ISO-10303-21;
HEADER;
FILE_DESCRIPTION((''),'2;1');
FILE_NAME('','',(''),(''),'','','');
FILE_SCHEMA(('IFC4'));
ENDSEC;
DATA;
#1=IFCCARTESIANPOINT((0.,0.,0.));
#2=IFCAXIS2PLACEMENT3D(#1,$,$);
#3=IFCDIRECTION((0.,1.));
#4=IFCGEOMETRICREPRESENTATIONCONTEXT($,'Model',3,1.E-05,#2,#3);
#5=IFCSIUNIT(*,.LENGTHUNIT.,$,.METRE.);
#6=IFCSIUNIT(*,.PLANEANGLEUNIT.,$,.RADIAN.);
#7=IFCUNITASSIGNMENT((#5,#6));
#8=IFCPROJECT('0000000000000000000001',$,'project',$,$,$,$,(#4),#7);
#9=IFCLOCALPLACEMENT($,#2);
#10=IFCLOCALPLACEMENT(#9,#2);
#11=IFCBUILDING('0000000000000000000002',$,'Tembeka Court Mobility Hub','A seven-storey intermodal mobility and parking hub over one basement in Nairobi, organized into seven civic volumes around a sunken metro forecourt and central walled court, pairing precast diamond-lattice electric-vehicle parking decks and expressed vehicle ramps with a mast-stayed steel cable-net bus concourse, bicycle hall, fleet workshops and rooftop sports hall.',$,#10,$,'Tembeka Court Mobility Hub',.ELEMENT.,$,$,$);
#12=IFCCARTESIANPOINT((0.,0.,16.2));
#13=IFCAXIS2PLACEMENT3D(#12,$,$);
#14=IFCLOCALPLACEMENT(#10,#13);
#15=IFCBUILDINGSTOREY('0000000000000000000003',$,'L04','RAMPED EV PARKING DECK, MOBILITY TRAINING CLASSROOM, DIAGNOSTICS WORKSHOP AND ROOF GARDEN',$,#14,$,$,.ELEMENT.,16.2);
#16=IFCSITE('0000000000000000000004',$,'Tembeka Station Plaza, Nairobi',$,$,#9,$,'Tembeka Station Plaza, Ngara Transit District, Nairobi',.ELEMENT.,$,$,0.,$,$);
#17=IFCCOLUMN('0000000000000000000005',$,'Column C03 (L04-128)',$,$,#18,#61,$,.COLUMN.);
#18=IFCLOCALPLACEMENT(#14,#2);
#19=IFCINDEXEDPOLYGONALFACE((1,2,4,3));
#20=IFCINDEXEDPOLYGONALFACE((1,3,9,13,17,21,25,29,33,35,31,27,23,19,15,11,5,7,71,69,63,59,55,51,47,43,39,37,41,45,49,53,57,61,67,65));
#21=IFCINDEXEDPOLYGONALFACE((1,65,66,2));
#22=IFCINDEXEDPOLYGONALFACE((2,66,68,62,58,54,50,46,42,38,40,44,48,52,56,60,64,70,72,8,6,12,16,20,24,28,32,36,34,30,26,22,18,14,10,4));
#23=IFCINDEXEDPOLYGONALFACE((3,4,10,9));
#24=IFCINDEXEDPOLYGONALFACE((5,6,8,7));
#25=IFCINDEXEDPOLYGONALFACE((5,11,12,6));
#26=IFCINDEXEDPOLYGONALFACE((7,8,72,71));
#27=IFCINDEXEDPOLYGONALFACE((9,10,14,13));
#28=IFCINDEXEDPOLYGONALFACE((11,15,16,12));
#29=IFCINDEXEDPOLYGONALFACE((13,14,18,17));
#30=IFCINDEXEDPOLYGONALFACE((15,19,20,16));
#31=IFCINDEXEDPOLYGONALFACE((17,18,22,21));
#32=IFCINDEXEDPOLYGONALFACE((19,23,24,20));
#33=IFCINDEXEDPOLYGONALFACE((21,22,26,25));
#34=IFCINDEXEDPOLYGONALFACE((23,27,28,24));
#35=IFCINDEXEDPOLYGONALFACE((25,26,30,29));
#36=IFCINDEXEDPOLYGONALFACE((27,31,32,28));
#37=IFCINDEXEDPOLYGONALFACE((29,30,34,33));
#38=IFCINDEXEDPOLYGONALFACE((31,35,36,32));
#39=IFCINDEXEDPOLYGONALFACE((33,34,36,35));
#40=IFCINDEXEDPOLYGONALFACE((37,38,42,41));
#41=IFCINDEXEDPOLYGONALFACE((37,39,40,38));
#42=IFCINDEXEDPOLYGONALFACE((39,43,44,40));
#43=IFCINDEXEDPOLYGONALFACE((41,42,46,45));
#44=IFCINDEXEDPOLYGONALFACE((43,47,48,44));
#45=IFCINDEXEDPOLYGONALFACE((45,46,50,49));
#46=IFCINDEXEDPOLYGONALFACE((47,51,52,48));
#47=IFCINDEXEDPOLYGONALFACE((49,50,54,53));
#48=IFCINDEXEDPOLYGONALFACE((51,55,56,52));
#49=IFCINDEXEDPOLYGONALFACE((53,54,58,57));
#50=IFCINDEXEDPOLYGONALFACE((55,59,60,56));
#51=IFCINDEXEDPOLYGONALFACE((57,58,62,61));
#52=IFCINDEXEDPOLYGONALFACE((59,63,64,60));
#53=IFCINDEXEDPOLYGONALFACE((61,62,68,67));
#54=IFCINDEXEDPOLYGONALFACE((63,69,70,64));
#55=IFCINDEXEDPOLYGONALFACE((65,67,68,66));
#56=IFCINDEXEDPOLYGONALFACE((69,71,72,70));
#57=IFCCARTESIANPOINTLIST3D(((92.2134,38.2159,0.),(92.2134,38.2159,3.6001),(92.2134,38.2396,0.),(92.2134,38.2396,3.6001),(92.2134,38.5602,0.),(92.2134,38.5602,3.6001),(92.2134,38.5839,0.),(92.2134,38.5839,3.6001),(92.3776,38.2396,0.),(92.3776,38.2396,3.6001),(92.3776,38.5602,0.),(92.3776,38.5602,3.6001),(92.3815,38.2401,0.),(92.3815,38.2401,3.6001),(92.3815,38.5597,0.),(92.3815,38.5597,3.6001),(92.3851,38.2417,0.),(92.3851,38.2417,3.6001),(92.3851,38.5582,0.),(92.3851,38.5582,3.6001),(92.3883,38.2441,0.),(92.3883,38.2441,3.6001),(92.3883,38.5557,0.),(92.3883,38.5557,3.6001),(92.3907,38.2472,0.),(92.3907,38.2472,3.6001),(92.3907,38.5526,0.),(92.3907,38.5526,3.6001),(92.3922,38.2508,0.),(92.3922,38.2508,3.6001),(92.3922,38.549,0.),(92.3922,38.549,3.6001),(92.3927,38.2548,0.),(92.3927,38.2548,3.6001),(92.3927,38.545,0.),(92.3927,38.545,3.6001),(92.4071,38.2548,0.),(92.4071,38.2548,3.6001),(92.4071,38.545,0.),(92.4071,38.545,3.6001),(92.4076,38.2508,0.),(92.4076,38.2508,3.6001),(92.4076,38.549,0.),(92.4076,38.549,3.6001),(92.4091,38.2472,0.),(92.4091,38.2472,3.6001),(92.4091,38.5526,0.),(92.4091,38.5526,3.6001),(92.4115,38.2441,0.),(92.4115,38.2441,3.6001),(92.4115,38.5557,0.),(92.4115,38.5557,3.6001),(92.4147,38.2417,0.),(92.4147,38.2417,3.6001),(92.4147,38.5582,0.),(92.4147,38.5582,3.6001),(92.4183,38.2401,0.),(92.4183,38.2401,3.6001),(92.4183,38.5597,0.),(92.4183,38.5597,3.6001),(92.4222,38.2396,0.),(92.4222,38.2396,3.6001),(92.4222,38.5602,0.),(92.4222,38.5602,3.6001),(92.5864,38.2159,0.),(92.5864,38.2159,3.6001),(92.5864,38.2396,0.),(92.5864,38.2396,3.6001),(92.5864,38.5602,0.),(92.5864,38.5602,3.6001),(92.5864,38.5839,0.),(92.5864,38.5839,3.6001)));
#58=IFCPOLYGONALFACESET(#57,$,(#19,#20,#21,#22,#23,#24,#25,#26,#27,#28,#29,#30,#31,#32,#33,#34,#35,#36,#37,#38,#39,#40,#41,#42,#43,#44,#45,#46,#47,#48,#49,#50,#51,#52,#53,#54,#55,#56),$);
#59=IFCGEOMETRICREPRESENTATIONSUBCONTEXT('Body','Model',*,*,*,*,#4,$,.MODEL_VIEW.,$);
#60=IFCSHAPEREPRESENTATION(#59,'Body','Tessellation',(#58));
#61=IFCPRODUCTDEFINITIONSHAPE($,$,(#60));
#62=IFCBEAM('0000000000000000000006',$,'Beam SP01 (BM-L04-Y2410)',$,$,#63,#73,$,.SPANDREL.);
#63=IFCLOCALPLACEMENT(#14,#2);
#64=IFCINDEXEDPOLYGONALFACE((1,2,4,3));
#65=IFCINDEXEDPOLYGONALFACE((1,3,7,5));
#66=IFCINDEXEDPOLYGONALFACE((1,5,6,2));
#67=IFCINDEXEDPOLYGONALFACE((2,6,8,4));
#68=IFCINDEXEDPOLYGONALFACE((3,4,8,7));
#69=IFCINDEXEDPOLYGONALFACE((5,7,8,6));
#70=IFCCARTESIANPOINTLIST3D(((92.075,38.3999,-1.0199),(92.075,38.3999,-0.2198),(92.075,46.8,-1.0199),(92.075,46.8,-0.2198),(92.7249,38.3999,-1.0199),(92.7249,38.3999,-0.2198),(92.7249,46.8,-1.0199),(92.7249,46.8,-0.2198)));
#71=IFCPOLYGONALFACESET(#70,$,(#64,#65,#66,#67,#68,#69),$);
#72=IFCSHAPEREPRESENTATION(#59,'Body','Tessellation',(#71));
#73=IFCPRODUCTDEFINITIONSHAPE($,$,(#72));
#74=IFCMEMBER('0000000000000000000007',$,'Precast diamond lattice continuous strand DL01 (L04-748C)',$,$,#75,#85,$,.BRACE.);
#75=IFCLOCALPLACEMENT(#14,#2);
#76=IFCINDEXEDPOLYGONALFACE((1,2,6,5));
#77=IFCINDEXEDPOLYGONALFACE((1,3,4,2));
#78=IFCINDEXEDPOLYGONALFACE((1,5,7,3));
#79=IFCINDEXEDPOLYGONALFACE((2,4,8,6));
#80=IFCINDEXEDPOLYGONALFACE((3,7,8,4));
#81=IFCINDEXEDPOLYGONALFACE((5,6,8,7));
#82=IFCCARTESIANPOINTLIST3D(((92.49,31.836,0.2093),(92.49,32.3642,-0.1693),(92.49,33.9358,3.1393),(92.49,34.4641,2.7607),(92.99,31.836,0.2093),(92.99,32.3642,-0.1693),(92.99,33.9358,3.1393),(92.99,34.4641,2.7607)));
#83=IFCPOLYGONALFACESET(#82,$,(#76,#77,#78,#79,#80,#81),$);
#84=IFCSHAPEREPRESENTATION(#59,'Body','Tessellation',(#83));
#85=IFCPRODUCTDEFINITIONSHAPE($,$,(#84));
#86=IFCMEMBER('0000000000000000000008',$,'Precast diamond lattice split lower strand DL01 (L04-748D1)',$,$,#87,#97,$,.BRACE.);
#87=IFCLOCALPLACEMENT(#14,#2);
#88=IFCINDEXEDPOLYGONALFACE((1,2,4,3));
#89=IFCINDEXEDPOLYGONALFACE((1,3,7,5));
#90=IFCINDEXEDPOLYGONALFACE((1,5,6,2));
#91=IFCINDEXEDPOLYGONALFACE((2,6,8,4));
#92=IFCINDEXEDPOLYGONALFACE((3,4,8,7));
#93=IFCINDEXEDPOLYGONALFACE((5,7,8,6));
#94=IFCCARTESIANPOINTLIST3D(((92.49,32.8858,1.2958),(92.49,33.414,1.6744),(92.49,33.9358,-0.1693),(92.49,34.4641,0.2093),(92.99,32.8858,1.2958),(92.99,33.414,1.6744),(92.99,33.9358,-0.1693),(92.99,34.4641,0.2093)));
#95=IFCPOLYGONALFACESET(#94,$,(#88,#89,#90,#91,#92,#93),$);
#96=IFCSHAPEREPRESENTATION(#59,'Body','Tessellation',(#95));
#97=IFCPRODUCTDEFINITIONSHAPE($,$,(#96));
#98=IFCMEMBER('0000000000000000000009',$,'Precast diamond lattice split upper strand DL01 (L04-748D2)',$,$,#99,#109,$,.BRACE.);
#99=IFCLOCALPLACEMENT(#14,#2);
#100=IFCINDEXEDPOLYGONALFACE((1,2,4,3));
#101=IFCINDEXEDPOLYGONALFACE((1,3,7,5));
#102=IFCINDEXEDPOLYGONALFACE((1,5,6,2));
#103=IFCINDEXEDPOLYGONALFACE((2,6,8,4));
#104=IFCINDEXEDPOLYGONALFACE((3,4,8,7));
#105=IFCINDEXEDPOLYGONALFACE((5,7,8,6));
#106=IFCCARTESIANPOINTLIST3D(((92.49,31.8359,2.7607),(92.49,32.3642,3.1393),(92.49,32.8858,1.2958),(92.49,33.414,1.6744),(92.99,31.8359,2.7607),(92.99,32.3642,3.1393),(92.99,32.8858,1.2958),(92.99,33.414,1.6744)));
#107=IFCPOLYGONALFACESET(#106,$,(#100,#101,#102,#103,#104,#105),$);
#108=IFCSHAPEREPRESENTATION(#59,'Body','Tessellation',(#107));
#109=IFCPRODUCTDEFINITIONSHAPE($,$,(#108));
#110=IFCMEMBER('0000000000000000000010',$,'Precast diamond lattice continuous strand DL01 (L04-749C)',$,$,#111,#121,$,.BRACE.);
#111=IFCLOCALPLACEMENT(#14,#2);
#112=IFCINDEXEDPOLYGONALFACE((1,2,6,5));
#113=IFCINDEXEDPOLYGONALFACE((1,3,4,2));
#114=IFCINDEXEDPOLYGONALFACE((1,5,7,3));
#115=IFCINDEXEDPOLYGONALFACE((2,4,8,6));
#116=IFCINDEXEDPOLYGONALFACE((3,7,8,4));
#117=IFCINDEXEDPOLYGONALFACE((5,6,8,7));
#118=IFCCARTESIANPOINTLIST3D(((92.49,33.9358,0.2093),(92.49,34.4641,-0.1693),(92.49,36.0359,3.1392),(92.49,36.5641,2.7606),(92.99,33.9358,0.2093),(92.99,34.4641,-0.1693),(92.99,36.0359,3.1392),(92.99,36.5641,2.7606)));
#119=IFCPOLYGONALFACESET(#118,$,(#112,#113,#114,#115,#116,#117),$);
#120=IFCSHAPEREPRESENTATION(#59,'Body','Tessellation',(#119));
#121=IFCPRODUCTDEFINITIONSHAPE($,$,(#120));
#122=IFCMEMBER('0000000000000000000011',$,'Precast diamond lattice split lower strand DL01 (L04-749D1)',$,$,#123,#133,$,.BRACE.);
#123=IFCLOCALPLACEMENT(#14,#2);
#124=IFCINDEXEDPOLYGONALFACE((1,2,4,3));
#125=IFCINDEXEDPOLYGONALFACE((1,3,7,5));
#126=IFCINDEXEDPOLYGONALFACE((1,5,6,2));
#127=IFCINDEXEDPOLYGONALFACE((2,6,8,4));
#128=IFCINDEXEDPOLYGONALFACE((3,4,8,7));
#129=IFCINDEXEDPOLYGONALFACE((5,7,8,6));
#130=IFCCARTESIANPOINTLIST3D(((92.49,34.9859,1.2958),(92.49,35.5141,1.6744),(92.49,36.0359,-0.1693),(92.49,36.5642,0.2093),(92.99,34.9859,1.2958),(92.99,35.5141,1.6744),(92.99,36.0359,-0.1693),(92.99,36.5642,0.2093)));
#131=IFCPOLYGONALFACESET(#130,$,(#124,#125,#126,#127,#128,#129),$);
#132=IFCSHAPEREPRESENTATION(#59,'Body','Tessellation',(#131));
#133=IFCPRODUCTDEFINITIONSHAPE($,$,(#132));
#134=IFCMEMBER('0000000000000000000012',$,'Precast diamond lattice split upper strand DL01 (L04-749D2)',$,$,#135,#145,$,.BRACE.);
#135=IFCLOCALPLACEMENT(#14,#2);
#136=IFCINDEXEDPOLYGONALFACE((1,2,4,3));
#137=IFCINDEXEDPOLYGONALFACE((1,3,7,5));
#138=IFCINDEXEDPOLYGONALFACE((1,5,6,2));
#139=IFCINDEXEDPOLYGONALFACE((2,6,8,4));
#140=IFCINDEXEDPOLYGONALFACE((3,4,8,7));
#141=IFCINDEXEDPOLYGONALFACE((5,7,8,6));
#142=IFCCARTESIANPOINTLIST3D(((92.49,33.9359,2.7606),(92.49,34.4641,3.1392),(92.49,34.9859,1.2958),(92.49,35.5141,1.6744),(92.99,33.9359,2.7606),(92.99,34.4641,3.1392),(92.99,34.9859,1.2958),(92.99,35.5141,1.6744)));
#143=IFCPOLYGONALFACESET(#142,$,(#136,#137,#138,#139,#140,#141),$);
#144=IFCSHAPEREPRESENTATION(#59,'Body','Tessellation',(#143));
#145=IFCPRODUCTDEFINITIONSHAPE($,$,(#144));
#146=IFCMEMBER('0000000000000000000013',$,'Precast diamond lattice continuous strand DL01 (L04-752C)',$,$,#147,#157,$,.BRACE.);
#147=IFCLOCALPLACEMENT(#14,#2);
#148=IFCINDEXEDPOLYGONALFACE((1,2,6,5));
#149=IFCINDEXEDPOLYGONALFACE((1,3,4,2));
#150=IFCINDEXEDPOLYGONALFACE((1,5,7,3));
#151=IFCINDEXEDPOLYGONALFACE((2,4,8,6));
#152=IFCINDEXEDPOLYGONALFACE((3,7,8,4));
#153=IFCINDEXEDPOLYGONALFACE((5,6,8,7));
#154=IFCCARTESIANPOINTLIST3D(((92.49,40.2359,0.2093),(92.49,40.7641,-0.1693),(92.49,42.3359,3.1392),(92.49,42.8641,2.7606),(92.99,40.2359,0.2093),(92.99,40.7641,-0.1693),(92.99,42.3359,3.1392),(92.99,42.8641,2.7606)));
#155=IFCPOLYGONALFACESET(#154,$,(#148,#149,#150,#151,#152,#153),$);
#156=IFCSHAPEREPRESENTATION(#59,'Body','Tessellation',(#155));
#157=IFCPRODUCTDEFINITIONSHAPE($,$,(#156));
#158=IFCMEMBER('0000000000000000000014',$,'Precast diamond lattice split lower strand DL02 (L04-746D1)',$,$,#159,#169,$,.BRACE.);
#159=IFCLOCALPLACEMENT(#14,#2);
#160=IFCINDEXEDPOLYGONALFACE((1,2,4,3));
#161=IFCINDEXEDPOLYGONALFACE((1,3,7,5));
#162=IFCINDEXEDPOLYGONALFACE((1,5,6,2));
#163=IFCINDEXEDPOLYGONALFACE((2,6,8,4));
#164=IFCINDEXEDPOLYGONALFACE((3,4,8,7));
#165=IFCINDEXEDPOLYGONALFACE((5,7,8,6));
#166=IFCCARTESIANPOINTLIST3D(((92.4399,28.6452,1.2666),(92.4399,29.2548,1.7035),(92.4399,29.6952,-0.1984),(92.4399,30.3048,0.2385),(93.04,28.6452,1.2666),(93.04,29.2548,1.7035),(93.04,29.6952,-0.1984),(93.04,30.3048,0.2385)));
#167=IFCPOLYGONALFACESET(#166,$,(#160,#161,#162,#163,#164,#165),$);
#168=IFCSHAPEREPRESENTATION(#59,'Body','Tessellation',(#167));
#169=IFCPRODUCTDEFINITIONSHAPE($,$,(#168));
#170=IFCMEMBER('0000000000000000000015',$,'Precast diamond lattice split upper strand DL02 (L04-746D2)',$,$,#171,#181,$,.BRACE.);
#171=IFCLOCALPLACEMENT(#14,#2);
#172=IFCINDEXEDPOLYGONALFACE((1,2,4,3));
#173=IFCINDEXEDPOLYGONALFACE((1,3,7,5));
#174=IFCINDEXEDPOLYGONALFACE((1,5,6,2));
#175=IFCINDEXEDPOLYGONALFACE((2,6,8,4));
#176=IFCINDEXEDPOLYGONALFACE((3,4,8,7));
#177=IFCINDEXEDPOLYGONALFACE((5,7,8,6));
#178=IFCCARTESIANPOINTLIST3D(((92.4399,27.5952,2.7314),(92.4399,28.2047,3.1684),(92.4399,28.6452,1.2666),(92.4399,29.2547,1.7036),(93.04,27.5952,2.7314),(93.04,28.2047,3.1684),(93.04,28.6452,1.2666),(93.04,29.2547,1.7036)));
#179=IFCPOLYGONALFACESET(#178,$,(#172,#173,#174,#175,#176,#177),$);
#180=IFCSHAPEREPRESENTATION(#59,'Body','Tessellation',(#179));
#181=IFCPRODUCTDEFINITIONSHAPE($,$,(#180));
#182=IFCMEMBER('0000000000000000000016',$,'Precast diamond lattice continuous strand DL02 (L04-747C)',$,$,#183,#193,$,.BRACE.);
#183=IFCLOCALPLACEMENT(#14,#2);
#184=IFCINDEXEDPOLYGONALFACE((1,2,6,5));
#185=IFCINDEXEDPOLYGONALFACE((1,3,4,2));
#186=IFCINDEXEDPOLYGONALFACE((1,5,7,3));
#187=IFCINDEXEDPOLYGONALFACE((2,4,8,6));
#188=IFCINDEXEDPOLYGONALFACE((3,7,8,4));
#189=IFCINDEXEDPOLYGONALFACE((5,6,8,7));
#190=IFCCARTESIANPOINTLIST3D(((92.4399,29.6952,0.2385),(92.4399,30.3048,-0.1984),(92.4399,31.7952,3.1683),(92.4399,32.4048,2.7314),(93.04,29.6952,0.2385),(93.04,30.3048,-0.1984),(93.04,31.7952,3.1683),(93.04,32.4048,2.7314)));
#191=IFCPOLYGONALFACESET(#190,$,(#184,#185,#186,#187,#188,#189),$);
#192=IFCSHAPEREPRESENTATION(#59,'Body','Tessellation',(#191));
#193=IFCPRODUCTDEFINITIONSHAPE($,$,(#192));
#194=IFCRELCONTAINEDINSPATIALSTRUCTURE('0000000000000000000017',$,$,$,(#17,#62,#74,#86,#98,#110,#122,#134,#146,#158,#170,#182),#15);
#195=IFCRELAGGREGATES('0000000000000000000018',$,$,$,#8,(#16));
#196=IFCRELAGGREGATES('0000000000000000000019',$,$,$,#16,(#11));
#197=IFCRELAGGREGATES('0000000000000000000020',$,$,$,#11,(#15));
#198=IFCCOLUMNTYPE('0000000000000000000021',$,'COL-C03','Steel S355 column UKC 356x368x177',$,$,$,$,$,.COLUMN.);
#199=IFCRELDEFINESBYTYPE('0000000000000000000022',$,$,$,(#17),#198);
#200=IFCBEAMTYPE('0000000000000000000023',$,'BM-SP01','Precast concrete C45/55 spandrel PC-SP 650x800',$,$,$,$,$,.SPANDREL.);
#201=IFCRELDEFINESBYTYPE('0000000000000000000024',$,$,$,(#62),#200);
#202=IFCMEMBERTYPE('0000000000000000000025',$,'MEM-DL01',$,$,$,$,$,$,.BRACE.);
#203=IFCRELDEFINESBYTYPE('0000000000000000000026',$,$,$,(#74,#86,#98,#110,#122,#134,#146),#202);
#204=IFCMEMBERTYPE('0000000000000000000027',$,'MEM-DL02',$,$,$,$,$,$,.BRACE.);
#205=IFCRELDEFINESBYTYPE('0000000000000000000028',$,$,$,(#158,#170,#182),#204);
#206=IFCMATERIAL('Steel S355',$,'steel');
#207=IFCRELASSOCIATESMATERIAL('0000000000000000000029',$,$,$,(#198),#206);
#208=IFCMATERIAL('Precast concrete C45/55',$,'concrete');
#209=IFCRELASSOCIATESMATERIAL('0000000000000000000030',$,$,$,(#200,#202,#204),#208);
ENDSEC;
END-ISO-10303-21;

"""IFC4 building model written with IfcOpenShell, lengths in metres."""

from ifc_helpers import new_model, si_unit, direction, frame, origin, origin_2d, place, context, subcontext, project, spatial, rectangle, i_section, extrude, material, material_profile, profile_set, type_object, element, save


model = new_model("IFC4")

# Units and contexts
model_context = context("Model", 3, precision=1e-05, world=origin(), true_north=direction((0.0, 1.0)))
body_context = subcontext(model_context, "Body", "Model", "MODEL_VIEW")
ifc_project = project(units=[si_unit("LENGTHUNIT", "METRE"), si_unit("PLANEANGLEUNIT", "RADIAN")], contexts=[model_context])

# Site, building, storey
site_placement = place(None, origin())
site = spatial("IfcSite", under=ifc_project, at=site_placement, Name="Tembeka Station Plaza, Nairobi", LongName="Tembeka Station Plaza, Ngara Transit District, Nairobi", CompositionType="ELEMENT", RefElevation=0.0)
building_placement = place(site_placement, origin())
building = spatial("IfcBuilding", under=site, at=building_placement, Name="Tembeka Court Mobility Hub", Description="A seven-storey intermodal mobility and parking hub over one basement in Nairobi, organized into seven civic volumes around a sunken metro forecourt and central walled court, pairing precast diamond-lattice electric-vehicle parking decks and expressed vehicle ramps with a mast-stayed steel cable-net bus concourse, bicycle hall, fleet workshops and rooftop sports hall.", LongName="Tembeka Court Mobility Hub", CompositionType="ELEMENT")
storey_placement = place(building_placement, frame((0.0, 0.0, 16.2)))
storey = spatial("IfcBuildingStorey", under=building, at=storey_placement, Name="L04", Description="RAMPED EV PARKING DECK, MOBILITY TRAINING CLASSROOM, DIAGNOSTICS WORKSHOP AND ROOF GARDEN", CompositionType="ELEMENT", Elevation=16.2)

# Column
ifc_material_1 = material(Name="Steel S355", Category="steel")
ifc_material_profile_1 = material_profile(ifc_material_1, i_section(OverallWidth=0.373, OverallDepth=0.3679, WebThickness=0.0144, FlangeThickness=0.0237, FilletRadius=0.0151, at=origin_2d()), Name="UKC 356x368x177")
ifc_profile_set_1 = profile_set([ifc_material_profile_1], Name="Steel S355")
column_type = type_object("IfcColumnType", Name="COL-C03", Description="Steel S355 column UKC 356x368x177", PredefinedType="COLUMN", material=ifc_profile_set_1)
column_placement = place(storey_placement, frame((92.3999, 38.3999, 0.0), z_axis=(0.0, 0.0, 1.0), x_axis=(1.0, 0.0, 0.0)))
element("IfcColumn", 1, at=column_placement, inside=storey, type_object=column_type, Name="Column C03 (L04-128)", PredefinedType="COLUMN", context=body_context, shape_type="SweptSolid", body=[
    extrude(i_section(OverallWidth=0.373, OverallDepth=0.3679, WebThickness=0.0144, FlangeThickness=0.0237, FilletRadius=0.0151, at=origin_2d()), origin(), (0.0, 0.0, 1.0), 3.6001),
])

# Beam
ifc_material_2 = material(Name="Precast concrete C45/55", Category="concrete")
ifc_material_profile_2 = material_profile(ifc_material_2, rectangle(XDim=0.6499, YDim=0.8, at=origin_2d()), Name="PC-SP 650x800")
ifc_profile_set_2 = profile_set([ifc_material_profile_2], Name="Precast concrete C45/55")
beam_type = type_object("IfcBeamType", Name="BM-SP01", Description="Precast concrete C45/55 spandrel PC-SP 650x800", PredefinedType="SPANDREL", material=ifc_profile_set_2)
beam_placement = place(storey_placement, frame((92.3999, 38.3999, -0.6199), z_axis=(0.0, 1.0, 0.0), x_axis=(-1.0, 0.0, 0.0)))
element("IfcBeam", 2, at=beam_placement, inside=storey, type_object=beam_type, Name="Beam SP01 (BM-L04-Y2410)", PredefinedType="SPANDREL", context=body_context, shape_type="SweptSolid", body=[
    extrude(rectangle(XDim=0.6499, YDim=0.8, at=origin_2d()), origin(), (0.0, 0.0, 1.0), 8.4001),
])

# Members
ifc_material_profile_3 = material_profile(ifc_material_2, rectangle(XDim=0.5, YDim=0.6499, at=origin_2d()), Name="PC-DIAG 500x650")
ifc_profile_set_3 = profile_set([ifc_material_profile_3], Name="Precast concrete C45/55")
member_type_1 = type_object("IfcMemberType", Name="MEM-DL01", PredefinedType="BRACE", material=ifc_profile_set_3)
member_1_placement = place(storey_placement, frame((92.74, 32.1001, 0.02), z_axis=(0.0, 0.582532, 0.812808), x_axis=(-1.0, 0.0, 0.0)))
element("IfcMember", 3, at=member_1_placement, inside=storey, type_object=member_type_1, Name="Precast diamond lattice continuous strand DL01 (L04-748C)", PredefinedType="BRACE", context=body_context, shape_type="SweptSolid", body=[
    extrude(rectangle(XDim=0.5, YDim=0.6499, at=origin_2d()), origin(), (0.0, 0.0, 1.0), 3.6047),
])
member_2_placement = place(storey_placement, frame((92.74, 34.2, 0.02), z_axis=(0.0, -0.582544, 0.812799), x_axis=(1.0, 0.0, 0.0)))
element("IfcMember", 4, at=member_2_placement, inside=storey, type_object=member_type_1, Name="Precast diamond lattice split lower strand DL01 (L04-748D1)", PredefinedType="BRACE", context=body_context, shape_type="SweptSolid", body=[
    extrude(rectangle(XDim=0.5, YDim=0.6499, at=origin_2d()), origin(), (0.0, 0.0, 1.0), 1.8025),
])
member_3_placement = place(storey_placement, frame((92.74, 33.1499, 1.4851), z_axis=(0.0, -0.582519, 0.812817), x_axis=(1.0, 0.0, 0.0)))
element("IfcMember", 5, at=member_3_placement, inside=storey, type_object=member_type_1, Name="Precast diamond lattice split upper strand DL01 (L04-748D2)", PredefinedType="BRACE", context=body_context, shape_type="SweptSolid", body=[
    extrude(rectangle(XDim=0.5, YDim=0.6499, at=origin_2d()), origin(), (0.0, 0.0, 1.0), 1.8022),
])
member_4_placement = place(storey_placement, frame((92.74, 34.2, 0.02), z_axis=(0.0, 0.582576, 0.812776), x_axis=(-1.0, 0.0, 0.0)))
element("IfcMember", 6, at=member_4_placement, inside=storey, type_object=member_type_1, Name="Precast diamond lattice continuous strand DL01 (L04-749C)", PredefinedType="BRACE", context=body_context, shape_type="SweptSolid", body=[
    extrude(rectangle(XDim=0.5, YDim=0.6499, at=origin_2d()), origin(), (0.0, 0.0, 1.0), 3.6047),
])
member_5_placement = place(storey_placement, frame((92.74, 36.3, 0.02), z_axis=(0.0, -0.582544, 0.812799), x_axis=(1.0, 0.0, 0.0)))
element("IfcMember", 7, at=member_5_placement, inside=storey, type_object=member_type_1, Name="Precast diamond lattice split lower strand DL01 (L04-749D1)", PredefinedType="BRACE", context=body_context, shape_type="SweptSolid", body=[
    extrude(rectangle(XDim=0.5, YDim=0.6499, at=origin_2d()), origin(), (0.0, 0.0, 1.0), 1.8025),
])
member_6_placement = place(storey_placement, frame((92.74, 35.25, 1.4851), z_axis=(0.0, -0.582608, 0.812753), x_axis=(1.0, 0.0, 0.0)))
element("IfcMember", 8, at=member_6_placement, inside=storey, type_object=member_type_1, Name="Precast diamond lattice split upper strand DL01 (L04-749D2)", PredefinedType="BRACE", context=body_context, shape_type="SweptSolid", body=[
    extrude(rectangle(XDim=0.5, YDim=0.6499, at=origin_2d()), origin(), (0.0, 0.0, 1.0), 1.8022),
])
member_7_placement = place(storey_placement, frame((92.74, 40.5, 0.02), z_axis=(0.0, 0.582576, 0.812776), x_axis=(-1.0, 0.0, 0.0)))
element("IfcMember", 9, at=member_7_placement, inside=storey, type_object=member_type_1, Name="Precast diamond lattice continuous strand DL01 (L04-752C)", PredefinedType="BRACE", context=body_context, shape_type="SweptSolid", body=[
    extrude(rectangle(XDim=0.5, YDim=0.6499, at=origin_2d()), origin(), (0.0, 0.0, 1.0), 3.6047),
])
ifc_material_profile_4 = material_profile(ifc_material_2, rectangle(XDim=0.6001, YDim=0.75, at=origin_2d()), Name="PC-DIAG 600x750")
ifc_profile_set_4 = profile_set([ifc_material_profile_4], Name="Precast concrete C45/55")
member_type_2 = type_object("IfcMemberType", Name="MEM-DL02", PredefinedType="BRACE", material=ifc_profile_set_4)
member_8_placement = place(storey_placement, frame((92.74, 30.0, 0.02), z_axis=(0.0, -0.582544, 0.812799), x_axis=(1.0, 0.0, 0.0)))
element("IfcMember", 10, at=member_8_placement, inside=storey, type_object=member_type_2, Name="Precast diamond lattice split lower strand DL02 (L04-746D1)", PredefinedType="BRACE", context=body_context, shape_type="SweptSolid", body=[
    extrude(rectangle(XDim=0.6001, YDim=0.75, at=origin_2d()), origin(), (0.0, 0.0, 1.0), 1.8025),
])
member_9_placement = place(storey_placement, frame((92.74, 28.95, 1.4851), z_axis=(0.0, -0.582608, 0.812753), x_axis=(1.0, 0.0, 0.0)))
element("IfcMember", 11, at=member_9_placement, inside=storey, type_object=member_type_2, Name="Precast diamond lattice split upper strand DL02 (L04-746D2)", PredefinedType="BRACE", context=body_context, shape_type="SweptSolid", body=[
    extrude(rectangle(XDim=0.6001, YDim=0.75, at=origin_2d()), origin(), (0.0, 0.0, 1.0), 1.8022),
])
member_10_placement = place(storey_placement, frame((92.74, 30.0, 0.02), z_axis=(0.0, 0.582576, 0.812776), x_axis=(-1.0, 0.0, 0.0)))
element("IfcMember", 12, at=member_10_placement, inside=storey, type_object=member_type_2, Name="Precast diamond lattice continuous strand DL02 (L04-747C)", PredefinedType="BRACE", context=body_context, shape_type="SweptSolid", body=[
    extrude(rectangle(XDim=0.6001, YDim=0.75, at=origin_2d()), origin(), (0.0, 0.0, 1.0), 3.6047),
])

save(model, "model.ifc")
